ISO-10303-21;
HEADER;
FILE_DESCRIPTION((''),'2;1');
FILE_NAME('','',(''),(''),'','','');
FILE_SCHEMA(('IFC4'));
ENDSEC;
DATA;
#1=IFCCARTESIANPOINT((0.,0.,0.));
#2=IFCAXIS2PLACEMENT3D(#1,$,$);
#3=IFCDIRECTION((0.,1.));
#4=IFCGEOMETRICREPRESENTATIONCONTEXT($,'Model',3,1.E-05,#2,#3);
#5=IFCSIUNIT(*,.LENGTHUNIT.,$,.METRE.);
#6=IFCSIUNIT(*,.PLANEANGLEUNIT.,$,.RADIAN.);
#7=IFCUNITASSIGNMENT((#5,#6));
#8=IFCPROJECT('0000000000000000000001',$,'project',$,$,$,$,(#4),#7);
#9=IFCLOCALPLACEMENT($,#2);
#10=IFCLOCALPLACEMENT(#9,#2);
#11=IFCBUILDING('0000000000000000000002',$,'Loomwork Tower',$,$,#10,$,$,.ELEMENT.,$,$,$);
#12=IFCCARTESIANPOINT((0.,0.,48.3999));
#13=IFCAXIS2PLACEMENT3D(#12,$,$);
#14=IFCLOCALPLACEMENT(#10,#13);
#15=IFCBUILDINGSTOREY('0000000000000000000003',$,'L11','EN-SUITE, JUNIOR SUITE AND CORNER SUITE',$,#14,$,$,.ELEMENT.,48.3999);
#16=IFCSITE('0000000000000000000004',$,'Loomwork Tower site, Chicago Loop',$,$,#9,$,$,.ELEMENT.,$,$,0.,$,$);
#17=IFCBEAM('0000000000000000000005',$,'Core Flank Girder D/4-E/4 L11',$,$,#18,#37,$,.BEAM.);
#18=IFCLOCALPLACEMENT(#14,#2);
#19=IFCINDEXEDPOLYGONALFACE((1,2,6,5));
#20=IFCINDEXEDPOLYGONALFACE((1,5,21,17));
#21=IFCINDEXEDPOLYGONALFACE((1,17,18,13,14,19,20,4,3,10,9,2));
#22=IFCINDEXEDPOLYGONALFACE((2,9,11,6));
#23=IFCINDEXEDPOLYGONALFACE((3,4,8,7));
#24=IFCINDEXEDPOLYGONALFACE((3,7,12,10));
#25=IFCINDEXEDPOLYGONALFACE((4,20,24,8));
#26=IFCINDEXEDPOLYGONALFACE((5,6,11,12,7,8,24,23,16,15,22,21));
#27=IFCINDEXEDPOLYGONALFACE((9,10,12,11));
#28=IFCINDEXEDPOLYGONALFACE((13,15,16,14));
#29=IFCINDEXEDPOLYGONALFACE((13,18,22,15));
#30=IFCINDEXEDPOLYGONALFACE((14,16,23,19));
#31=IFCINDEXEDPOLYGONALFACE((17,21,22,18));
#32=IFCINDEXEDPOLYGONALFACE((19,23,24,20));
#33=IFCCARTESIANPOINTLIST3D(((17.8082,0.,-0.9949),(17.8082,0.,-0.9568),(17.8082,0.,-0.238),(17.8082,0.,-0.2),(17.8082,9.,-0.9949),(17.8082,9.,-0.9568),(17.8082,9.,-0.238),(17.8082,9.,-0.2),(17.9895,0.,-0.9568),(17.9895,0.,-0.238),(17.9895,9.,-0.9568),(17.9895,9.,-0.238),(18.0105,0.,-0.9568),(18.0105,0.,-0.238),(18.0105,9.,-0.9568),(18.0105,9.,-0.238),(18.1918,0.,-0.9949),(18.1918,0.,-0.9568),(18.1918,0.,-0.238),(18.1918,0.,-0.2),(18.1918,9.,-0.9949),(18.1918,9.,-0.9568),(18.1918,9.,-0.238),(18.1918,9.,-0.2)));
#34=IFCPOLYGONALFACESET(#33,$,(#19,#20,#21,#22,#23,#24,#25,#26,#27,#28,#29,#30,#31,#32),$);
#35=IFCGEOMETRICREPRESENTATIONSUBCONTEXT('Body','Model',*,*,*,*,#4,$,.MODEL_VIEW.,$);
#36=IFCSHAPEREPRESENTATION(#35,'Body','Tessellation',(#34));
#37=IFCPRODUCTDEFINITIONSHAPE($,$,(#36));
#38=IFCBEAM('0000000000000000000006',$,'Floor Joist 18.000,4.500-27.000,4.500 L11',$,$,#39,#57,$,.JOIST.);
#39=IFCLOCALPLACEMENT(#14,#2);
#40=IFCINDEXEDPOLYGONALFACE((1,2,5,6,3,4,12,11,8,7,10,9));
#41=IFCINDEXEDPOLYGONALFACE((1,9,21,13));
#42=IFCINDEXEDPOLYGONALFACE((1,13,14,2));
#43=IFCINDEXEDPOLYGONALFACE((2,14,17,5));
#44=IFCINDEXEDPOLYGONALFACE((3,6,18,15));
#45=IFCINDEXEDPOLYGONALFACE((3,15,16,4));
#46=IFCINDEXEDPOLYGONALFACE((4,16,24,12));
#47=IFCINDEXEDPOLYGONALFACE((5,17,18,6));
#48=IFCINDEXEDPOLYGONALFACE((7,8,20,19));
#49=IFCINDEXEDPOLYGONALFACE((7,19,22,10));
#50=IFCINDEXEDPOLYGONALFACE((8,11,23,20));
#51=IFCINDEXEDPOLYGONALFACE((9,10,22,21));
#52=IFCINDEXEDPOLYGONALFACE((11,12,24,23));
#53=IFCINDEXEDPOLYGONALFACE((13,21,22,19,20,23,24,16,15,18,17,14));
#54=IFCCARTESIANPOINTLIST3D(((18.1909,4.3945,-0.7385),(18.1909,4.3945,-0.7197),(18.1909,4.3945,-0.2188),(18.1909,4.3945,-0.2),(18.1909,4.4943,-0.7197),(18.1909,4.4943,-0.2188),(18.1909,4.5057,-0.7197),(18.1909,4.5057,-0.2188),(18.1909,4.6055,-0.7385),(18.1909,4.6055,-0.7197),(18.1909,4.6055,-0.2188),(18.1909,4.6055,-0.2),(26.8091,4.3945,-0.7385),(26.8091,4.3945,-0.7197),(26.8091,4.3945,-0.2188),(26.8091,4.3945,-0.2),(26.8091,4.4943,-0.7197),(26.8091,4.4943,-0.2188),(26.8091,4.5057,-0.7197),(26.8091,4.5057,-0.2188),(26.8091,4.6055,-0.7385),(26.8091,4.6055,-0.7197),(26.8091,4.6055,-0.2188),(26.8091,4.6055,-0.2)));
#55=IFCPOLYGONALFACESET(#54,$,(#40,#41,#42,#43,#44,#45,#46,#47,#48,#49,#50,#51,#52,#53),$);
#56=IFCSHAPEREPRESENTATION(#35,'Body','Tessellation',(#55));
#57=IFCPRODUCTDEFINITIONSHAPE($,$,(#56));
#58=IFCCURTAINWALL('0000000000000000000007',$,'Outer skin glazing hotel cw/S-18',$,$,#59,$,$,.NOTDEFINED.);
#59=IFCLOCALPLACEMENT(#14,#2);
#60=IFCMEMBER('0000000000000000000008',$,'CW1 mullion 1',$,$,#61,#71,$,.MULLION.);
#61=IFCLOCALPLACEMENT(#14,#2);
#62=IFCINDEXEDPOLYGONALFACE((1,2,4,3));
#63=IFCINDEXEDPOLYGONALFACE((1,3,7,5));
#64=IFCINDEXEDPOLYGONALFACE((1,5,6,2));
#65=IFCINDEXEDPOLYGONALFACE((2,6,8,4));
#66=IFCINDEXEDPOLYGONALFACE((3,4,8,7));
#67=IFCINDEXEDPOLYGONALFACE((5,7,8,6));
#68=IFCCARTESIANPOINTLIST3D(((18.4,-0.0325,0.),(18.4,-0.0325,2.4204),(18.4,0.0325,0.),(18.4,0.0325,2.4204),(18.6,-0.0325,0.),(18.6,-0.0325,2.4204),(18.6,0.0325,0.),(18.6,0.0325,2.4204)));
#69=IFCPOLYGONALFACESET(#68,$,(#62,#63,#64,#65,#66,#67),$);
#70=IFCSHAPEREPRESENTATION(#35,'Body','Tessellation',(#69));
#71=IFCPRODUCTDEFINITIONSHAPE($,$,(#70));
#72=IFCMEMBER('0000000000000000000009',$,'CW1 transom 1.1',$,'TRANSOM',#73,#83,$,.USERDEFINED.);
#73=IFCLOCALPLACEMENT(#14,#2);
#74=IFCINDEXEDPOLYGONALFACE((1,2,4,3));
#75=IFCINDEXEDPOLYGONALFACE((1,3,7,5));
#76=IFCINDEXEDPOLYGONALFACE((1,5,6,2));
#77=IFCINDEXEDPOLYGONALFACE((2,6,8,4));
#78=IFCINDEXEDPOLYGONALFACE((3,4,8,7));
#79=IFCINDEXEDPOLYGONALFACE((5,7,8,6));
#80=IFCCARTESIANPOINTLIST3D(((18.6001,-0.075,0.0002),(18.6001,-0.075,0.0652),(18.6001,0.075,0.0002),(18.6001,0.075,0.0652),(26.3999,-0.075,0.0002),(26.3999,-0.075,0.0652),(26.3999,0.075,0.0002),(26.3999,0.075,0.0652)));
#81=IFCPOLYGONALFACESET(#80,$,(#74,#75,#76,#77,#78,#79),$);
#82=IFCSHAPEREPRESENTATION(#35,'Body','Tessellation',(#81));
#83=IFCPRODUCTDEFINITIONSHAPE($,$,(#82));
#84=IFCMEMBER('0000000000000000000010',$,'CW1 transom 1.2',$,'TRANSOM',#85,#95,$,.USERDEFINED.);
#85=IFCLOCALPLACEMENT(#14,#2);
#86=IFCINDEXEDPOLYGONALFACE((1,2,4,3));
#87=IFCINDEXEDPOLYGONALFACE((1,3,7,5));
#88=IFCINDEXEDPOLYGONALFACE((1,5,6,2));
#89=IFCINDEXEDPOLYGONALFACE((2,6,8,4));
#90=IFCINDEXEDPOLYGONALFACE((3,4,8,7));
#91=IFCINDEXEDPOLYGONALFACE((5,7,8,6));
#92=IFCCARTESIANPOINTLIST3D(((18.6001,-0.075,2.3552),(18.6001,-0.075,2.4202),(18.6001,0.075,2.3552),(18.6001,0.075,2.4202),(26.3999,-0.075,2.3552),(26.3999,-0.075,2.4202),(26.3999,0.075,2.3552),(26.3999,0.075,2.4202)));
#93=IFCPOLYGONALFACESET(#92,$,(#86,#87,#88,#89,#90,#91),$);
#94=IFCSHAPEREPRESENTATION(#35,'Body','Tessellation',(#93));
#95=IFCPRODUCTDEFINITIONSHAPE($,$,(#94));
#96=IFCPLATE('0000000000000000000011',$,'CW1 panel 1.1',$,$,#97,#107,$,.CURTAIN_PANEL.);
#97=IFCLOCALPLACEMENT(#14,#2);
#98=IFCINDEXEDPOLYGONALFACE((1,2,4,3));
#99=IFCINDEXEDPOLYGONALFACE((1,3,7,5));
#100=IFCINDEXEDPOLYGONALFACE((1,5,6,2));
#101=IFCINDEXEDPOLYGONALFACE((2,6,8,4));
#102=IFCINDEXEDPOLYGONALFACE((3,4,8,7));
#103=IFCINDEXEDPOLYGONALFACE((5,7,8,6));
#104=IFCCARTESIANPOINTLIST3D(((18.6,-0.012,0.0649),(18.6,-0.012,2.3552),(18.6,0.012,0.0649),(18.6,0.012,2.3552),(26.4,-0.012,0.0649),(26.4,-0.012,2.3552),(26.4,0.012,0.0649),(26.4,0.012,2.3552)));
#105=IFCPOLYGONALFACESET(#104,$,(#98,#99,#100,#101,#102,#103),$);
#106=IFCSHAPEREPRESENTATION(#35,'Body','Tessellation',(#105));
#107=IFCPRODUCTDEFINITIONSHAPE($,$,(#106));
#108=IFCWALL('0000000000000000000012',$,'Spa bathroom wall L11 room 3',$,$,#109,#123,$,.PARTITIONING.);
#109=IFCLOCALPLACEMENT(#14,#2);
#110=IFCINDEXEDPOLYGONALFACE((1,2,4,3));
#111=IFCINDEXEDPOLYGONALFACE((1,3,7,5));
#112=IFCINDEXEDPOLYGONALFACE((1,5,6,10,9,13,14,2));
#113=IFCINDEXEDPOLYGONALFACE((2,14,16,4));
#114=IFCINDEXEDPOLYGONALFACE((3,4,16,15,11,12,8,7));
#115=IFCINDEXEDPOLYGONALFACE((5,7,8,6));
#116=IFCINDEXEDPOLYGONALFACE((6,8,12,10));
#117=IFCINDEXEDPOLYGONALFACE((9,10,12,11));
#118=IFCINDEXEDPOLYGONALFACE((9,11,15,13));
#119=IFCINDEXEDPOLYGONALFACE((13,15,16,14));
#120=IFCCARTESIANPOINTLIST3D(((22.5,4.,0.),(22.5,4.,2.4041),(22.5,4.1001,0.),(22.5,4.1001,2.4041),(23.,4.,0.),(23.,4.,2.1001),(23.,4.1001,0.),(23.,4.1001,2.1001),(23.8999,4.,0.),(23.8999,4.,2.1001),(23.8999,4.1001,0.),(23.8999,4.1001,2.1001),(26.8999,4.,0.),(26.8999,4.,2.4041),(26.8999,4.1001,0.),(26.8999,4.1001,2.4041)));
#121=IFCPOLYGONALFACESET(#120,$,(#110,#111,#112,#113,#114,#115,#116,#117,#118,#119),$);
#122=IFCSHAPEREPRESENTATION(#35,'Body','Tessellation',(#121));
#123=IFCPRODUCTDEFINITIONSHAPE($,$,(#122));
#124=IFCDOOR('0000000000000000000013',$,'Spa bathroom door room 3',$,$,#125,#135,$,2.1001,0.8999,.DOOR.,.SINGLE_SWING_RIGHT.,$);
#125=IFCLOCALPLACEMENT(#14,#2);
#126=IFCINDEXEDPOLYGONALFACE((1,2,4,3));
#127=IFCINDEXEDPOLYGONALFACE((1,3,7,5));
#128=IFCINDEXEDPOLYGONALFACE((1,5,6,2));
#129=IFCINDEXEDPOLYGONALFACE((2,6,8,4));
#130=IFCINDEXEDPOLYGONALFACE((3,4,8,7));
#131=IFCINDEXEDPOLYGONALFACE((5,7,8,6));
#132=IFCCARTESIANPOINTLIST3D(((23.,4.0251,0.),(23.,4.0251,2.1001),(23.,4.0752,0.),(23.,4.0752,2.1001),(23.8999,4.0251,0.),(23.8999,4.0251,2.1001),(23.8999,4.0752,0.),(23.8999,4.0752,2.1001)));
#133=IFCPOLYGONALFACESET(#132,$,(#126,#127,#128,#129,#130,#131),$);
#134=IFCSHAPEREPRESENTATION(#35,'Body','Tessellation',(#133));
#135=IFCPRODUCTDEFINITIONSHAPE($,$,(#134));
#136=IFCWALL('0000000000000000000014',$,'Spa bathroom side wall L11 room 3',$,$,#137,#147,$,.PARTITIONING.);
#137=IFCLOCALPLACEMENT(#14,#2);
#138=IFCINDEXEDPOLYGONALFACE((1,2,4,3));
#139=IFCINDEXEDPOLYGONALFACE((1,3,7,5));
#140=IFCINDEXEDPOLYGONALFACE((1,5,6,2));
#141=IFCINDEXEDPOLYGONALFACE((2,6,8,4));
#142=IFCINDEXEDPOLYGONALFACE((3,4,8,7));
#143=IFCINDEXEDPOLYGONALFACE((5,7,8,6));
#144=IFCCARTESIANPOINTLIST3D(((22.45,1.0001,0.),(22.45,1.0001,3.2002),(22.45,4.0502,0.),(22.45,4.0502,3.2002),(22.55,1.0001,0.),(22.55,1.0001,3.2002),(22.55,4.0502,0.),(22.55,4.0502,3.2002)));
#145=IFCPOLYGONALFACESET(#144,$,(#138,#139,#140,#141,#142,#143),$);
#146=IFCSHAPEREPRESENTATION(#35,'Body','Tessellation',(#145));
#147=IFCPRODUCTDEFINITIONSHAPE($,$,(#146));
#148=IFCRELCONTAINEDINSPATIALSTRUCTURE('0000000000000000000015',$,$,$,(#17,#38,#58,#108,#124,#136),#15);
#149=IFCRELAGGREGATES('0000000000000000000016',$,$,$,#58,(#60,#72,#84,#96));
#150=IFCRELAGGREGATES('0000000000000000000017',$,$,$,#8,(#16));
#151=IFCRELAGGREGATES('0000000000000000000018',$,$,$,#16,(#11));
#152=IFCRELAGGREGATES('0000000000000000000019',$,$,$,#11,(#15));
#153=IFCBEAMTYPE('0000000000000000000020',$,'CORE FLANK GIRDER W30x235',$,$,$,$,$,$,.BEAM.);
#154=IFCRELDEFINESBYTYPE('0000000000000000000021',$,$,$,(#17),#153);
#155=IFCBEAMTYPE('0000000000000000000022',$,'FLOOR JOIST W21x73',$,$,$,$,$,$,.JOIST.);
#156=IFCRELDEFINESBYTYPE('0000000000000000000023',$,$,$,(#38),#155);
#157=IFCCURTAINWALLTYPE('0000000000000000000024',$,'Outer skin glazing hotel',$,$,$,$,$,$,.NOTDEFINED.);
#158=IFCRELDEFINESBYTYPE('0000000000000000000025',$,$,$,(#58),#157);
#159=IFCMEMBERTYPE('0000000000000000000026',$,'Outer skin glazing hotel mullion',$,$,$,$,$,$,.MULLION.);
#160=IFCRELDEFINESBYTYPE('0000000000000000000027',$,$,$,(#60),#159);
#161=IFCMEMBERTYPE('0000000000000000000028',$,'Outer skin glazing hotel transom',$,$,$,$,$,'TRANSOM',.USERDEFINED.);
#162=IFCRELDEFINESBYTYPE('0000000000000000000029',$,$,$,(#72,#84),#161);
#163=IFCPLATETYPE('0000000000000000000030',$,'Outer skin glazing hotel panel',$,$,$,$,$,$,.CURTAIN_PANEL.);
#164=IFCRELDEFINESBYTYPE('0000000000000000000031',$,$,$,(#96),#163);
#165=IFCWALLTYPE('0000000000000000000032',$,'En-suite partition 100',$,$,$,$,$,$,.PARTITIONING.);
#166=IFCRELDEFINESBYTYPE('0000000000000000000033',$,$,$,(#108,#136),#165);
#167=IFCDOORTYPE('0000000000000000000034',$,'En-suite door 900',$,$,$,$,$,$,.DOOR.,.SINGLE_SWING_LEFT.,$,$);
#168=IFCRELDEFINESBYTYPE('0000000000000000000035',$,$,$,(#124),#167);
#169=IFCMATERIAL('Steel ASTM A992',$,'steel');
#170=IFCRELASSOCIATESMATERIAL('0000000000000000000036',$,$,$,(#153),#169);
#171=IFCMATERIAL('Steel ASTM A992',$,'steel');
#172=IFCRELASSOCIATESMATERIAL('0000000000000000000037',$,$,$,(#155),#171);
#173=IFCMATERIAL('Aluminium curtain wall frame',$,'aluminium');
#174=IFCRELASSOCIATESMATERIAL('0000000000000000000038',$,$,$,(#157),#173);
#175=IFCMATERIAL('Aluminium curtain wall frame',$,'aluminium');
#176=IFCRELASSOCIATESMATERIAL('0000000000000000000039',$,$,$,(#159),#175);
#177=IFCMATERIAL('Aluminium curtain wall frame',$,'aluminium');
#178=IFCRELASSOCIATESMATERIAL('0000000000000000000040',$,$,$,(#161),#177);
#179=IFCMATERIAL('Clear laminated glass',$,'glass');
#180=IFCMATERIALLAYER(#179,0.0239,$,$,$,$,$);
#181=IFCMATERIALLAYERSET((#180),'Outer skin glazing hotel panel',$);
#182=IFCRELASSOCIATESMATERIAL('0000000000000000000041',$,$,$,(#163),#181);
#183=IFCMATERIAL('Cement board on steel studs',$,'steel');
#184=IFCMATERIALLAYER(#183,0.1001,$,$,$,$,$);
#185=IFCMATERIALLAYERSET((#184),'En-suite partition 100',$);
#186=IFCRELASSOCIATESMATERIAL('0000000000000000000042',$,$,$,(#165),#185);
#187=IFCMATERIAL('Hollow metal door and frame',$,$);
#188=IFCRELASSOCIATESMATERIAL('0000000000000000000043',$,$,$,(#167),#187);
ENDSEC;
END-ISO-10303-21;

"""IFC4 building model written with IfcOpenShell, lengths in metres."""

from ifc_helpers import new_model, si_unit, direction, frame, frame_2d, origin, origin_2d, place, context, subcontext, project, spatial, rectangle, i_section, extrude, material, layer, layer_set, material_profile, profile_set, type_object, element, fill, aggregate, save


model = new_model("IFC4")

# Units and contexts
model_context = context("Model", 3, precision=1e-05, world=origin(), true_north=direction((0.0, 1.0)))
body_context = subcontext(model_context, "Body", "Model", "MODEL_VIEW")
ifc_project = project(units=[si_unit("LENGTHUNIT", "METRE"), si_unit("PLANEANGLEUNIT", "RADIAN")], contexts=[model_context])

# Site, building, storey
site_placement = place(None, origin())
site = spatial("IfcSite", under=ifc_project, at=site_placement, Name="Loomwork Tower site, Chicago Loop", CompositionType="ELEMENT", RefElevation=0.0)
building_placement = place(site_placement, origin())
building = spatial("IfcBuilding", under=site, at=building_placement, Name="Loomwork Tower", CompositionType="ELEMENT")
storey_placement = place(building_placement, frame((0.0, 0.0, 48.3999)))
storey = spatial("IfcBuildingStorey", under=building, at=storey_placement, Name="L11", Description="EN-SUITE, JUNIOR SUITE AND CORNER SUITE", CompositionType="ELEMENT", Elevation=48.3999)

# Beams
ifc_material_1 = material(Name="Steel ASTM A992", Category="steel")
ifc_material_profile_1 = material_profile(ifc_material_1, i_section(OverallWidth=0.3835, OverallDepth=0.7949, WebThickness=0.021, FlangeThickness=0.0381, at=origin_2d()), Name="W30x235")
ifc_profile_set_1 = profile_set([ifc_material_profile_1], Name="Steel ASTM A992")
beam_type_1 = type_object("IfcBeamType", Name="CORE FLANK GIRDER W30x235", PredefinedType="BEAM", material=ifc_profile_set_1)
beam_1_placement = place(storey_placement, frame((18.0, 0.0, -0.5974), z_axis=(0.0, 1.0, 0.0), x_axis=(-1.0, 0.0, 0.0)))
element("IfcBeam", 1, at=beam_1_placement, inside=storey, type_object=beam_type_1, Name="Core Flank Girder D/4-E/4 L11", PredefinedType="BEAM", context=body_context, shape_type="SweptSolid", body=[
    extrude(i_section(OverallWidth=0.3835, OverallDepth=0.7949, WebThickness=0.021, FlangeThickness=0.0381, at=origin_2d()), origin(), (0.0, 0.0, 1.0), 9.0),
])
ifc_material_2 = material(Name="Steel ASTM A992", Category="steel")
ifc_material_profile_2 = material_profile(ifc_material_2, i_section(OverallWidth=0.2109, OverallDepth=0.5386, WebThickness=0.0115, FlangeThickness=0.0188, at=origin_2d()), Name="W21x73")
ifc_profile_set_2 = profile_set([ifc_material_profile_2], Name="Steel ASTM A992")
beam_type_2 = type_object("IfcBeamType", Name="FLOOR JOIST W21x73", PredefinedType="JOIST", material=ifc_profile_set_2)
beam_2_placement = place(storey_placement, frame((18.1909, 4.5, -0.4692), z_axis=(1.0, 0.0, 0.0), x_axis=(0.0, 1.0, 0.0)))
element("IfcBeam", 2, at=beam_2_placement, inside=storey, type_object=beam_type_2, Name="Floor Joist 18.000,4.500-27.000,4.500 L11", PredefinedType="JOIST", context=body_context, shape_type="SweptSolid", body=[
    extrude(i_section(OverallWidth=0.2109, OverallDepth=0.5386, WebThickness=0.0115, FlangeThickness=0.0188, at=origin_2d()), origin(), (0.0, 0.0, 1.0), 8.6182),
])

# Curtain wall, members, plate
ifc_material_3 = material(Name="Aluminium curtain wall frame", Category="aluminium")
curtain_wall_type = type_object("IfcCurtainWallType", Name="Outer skin glazing hotel", PredefinedType="NOTDEFINED", material=ifc_material_3)
curtain_wall_placement = place(storey_placement, origin())
curtain_wall = element("IfcCurtainWall", 3, at=curtain_wall_placement, inside=storey, type_object=curtain_wall_type, Name="Outer skin glazing hotel cw/S-18", PredefinedType="NOTDEFINED")
ifc_material_4 = material(Name="Aluminium curtain wall frame", Category="aluminium")
ifc_material_profile_3 = material_profile(ifc_material_4, rectangle(XDim=0.0649, YDim=0.2, at=origin_2d()), Name="AL 65x200")
ifc_profile_set_3 = profile_set([ifc_material_profile_3], Name="Aluminium curtain wall frame")
member_type_1 = type_object("IfcMemberType", Name="Outer skin glazing hotel mullion", PredefinedType="MULLION", material=ifc_profile_set_3)
member_1_placement = place(storey_placement, frame((18.5, 0.0, 0.0), z_axis=(0.0, 0.0, 1.0), x_axis=(0.0, 1.0, 0.0)))
member_1 = element("IfcMember", 4, at=member_1_placement, type_object=member_type_1, Name="CW1 mullion 1", PredefinedType="MULLION", context=body_context, shape_type="SweptSolid", body=[
    extrude(rectangle(XDim=0.0649, YDim=0.2, at=origin_2d()), origin(), (0.0, 0.0, 1.0), 2.4204),
])
ifc_material_5 = material(Name="Aluminium curtain wall frame", Category="aluminium")
ifc_material_profile_4 = material_profile(ifc_material_5, rectangle(XDim=0.1499, YDim=0.0649, at=origin_2d()), Name="AL 65x150")
ifc_profile_set_4 = profile_set([ifc_material_profile_4], Name="Aluminium curtain wall frame")
member_type_2 = type_object("IfcMemberType", Name="Outer skin glazing hotel transom", ElementType="TRANSOM", PredefinedType="USERDEFINED", material=ifc_profile_set_4)
member_2_placement = place(storey_placement, frame((18.6001, 0.0, 0.0327), z_axis=(1.0, 0.0, 0.0), x_axis=(0.0, 1.0, 0.0)))
member_2 = element("IfcMember", 5, at=member_2_placement, type_object=member_type_2, Name="CW1 transom 1.1", ObjectType="TRANSOM", PredefinedType="USERDEFINED", context=body_context, shape_type="SweptSolid", body=[
    extrude(rectangle(XDim=0.1499, YDim=0.0649, at=origin_2d()), origin(), (0.0, 0.0, 1.0), 7.7998),
])
member_3_placement = place(storey_placement, frame((18.6001, 0.0, 2.3877), z_axis=(1.0, 0.0, 0.0), x_axis=(0.0, 1.0, 0.0)))
member_3 = element("IfcMember", 6, at=member_3_placement, type_object=member_type_2, Name="CW1 transom 1.2", ObjectType="TRANSOM", PredefinedType="USERDEFINED", context=body_context, shape_type="SweptSolid", body=[
    extrude(rectangle(XDim=0.1499, YDim=0.0649, at=origin_2d()), origin(), (0.0, 0.0, 1.0), 7.7998),
])
ifc_material_6 = material(Name="Clear laminated glass", Category="glass")
ifc_layer_1 = layer(ifc_material_6, 0.0239)
ifc_layer_set_1 = layer_set([ifc_layer_1], Name="Outer skin glazing hotel panel")
plate_type = type_object("IfcPlateType", Name="Outer skin glazing hotel panel", PredefinedType="CURTAIN_PANEL", material=ifc_layer_set_1)
plate_placement = place(storey_placement, frame((22.5, 0.0, 0.0649), z_axis=(0.0, 0.0, 1.0), x_axis=(1.0, 0.0, 0.0)))
plate = element("IfcPlate", 7, at=plate_placement, type_object=plate_type, Name="CW1 panel 1.1", PredefinedType="CURTAIN_PANEL", context=body_context, shape_type="SweptSolid", body=[
    extrude(rectangle(XDim=7.8, YDim=0.0239, at=origin_2d()), origin(), (0.0, 0.0, 1.0), 2.2903),
])
aggregate(curtain_wall, [member_1, member_2, member_3, plate])

# Wall, opening, door
ifc_material_7 = material(Name="Cement board on steel studs", Category="steel")
ifc_layer_2 = layer(ifc_material_7, 0.1001)
ifc_layer_set_2 = layer_set([ifc_layer_2], Name="En-suite partition 100")
wall_type_1 = type_object("IfcWallType", Name="En-suite partition 100", PredefinedType="PARTITIONING", material=ifc_layer_set_2)
wall_1_placement = place(storey_placement, frame((22.5, 4.05, 0.0), z_axis=(0.0, 0.0, 1.0), x_axis=(1.0, 0.0, 0.0)))
wall_1 = element("IfcWall", 8, at=wall_1_placement, inside=storey, type_object=wall_type_1, Name="Spa bathroom wall L11 room 3", PredefinedType="PARTITIONING", context=body_context, shape_type="SweptSolid", body=[
    extrude(rectangle(XDim=4.3999, YDim=0.1001, at=frame_2d((2.2, 0.0))), origin(), (0.0, 0.0, 1.0), 2.4041),
])
opening_1_placement = place(wall_1_placement, frame((0.5, 0.0, 0.0)))
opening_1 = element("IfcOpeningElement", 9, at=opening_1_placement, cuts=wall_1, PredefinedType="OPENING", context=body_context, shape_type="SweptSolid", body=[
    extrude(rectangle(XDim=0.8999, YDim=2.1001, at=frame_2d((0.45, 1.05))), frame((0.0, 0.0601, 0.0), z_axis=(0.0, -1.0, 0.0), x_axis=(1.0, 0.0, 0.0)), (0.0, 0.0, 1.0), 0.1201),
])
ifc_material_8 = material(Name="Hollow metal door and frame")
door_type = type_object("IfcDoorType", Name="En-suite door 900", OperationType="SINGLE_SWING_LEFT", PredefinedType="DOOR", material=ifc_material_8)
door_placement = place(opening_1_placement, frame((0.8999, 0.0, 0.0), z_axis=(0.0, 0.0, 1.0), x_axis=(-1.0, 0.0, 0.0)))
door = element("IfcDoor", 10, at=door_placement, inside=storey, type_object=door_type, Name="Spa bathroom door room 3", OperationType="SINGLE_SWING_RIGHT", OverallHeight=2.1001, OverallWidth=0.8999, PredefinedType="DOOR", context=body_context, shape_type="SweptSolid", body=[
    extrude(rectangle(XDim=0.8999, YDim=2.1001, at=frame_2d((0.45, 1.05))), frame((0.0, 0.0249, 0.0), z_axis=(0.0, -1.0, 0.0), x_axis=(1.0, 0.0, 0.0)), (0.0, 0.0, 1.0), 0.05),
])
fill(opening_1, door)

# Wall
wall_2_placement = place(storey_placement, frame((22.5, 4.05, 0.0), z_axis=(0.0, 0.0, 1.0), x_axis=(0.0, -1.0, 0.0)))
element("IfcWall", 11, at=wall_2_placement, inside=storey, type_object=wall_type_1, Name="Spa bathroom side wall L11 room 3", PredefinedType="PARTITIONING", context=body_context, shape_type="SweptSolid", body=[
    extrude(rectangle(XDim=3.05, YDim=0.1001, at=frame_2d((1.5249, 0.0))), origin(), (0.0, 0.0, 1.0), 3.2002),
])

save(model, "model.ifc")
